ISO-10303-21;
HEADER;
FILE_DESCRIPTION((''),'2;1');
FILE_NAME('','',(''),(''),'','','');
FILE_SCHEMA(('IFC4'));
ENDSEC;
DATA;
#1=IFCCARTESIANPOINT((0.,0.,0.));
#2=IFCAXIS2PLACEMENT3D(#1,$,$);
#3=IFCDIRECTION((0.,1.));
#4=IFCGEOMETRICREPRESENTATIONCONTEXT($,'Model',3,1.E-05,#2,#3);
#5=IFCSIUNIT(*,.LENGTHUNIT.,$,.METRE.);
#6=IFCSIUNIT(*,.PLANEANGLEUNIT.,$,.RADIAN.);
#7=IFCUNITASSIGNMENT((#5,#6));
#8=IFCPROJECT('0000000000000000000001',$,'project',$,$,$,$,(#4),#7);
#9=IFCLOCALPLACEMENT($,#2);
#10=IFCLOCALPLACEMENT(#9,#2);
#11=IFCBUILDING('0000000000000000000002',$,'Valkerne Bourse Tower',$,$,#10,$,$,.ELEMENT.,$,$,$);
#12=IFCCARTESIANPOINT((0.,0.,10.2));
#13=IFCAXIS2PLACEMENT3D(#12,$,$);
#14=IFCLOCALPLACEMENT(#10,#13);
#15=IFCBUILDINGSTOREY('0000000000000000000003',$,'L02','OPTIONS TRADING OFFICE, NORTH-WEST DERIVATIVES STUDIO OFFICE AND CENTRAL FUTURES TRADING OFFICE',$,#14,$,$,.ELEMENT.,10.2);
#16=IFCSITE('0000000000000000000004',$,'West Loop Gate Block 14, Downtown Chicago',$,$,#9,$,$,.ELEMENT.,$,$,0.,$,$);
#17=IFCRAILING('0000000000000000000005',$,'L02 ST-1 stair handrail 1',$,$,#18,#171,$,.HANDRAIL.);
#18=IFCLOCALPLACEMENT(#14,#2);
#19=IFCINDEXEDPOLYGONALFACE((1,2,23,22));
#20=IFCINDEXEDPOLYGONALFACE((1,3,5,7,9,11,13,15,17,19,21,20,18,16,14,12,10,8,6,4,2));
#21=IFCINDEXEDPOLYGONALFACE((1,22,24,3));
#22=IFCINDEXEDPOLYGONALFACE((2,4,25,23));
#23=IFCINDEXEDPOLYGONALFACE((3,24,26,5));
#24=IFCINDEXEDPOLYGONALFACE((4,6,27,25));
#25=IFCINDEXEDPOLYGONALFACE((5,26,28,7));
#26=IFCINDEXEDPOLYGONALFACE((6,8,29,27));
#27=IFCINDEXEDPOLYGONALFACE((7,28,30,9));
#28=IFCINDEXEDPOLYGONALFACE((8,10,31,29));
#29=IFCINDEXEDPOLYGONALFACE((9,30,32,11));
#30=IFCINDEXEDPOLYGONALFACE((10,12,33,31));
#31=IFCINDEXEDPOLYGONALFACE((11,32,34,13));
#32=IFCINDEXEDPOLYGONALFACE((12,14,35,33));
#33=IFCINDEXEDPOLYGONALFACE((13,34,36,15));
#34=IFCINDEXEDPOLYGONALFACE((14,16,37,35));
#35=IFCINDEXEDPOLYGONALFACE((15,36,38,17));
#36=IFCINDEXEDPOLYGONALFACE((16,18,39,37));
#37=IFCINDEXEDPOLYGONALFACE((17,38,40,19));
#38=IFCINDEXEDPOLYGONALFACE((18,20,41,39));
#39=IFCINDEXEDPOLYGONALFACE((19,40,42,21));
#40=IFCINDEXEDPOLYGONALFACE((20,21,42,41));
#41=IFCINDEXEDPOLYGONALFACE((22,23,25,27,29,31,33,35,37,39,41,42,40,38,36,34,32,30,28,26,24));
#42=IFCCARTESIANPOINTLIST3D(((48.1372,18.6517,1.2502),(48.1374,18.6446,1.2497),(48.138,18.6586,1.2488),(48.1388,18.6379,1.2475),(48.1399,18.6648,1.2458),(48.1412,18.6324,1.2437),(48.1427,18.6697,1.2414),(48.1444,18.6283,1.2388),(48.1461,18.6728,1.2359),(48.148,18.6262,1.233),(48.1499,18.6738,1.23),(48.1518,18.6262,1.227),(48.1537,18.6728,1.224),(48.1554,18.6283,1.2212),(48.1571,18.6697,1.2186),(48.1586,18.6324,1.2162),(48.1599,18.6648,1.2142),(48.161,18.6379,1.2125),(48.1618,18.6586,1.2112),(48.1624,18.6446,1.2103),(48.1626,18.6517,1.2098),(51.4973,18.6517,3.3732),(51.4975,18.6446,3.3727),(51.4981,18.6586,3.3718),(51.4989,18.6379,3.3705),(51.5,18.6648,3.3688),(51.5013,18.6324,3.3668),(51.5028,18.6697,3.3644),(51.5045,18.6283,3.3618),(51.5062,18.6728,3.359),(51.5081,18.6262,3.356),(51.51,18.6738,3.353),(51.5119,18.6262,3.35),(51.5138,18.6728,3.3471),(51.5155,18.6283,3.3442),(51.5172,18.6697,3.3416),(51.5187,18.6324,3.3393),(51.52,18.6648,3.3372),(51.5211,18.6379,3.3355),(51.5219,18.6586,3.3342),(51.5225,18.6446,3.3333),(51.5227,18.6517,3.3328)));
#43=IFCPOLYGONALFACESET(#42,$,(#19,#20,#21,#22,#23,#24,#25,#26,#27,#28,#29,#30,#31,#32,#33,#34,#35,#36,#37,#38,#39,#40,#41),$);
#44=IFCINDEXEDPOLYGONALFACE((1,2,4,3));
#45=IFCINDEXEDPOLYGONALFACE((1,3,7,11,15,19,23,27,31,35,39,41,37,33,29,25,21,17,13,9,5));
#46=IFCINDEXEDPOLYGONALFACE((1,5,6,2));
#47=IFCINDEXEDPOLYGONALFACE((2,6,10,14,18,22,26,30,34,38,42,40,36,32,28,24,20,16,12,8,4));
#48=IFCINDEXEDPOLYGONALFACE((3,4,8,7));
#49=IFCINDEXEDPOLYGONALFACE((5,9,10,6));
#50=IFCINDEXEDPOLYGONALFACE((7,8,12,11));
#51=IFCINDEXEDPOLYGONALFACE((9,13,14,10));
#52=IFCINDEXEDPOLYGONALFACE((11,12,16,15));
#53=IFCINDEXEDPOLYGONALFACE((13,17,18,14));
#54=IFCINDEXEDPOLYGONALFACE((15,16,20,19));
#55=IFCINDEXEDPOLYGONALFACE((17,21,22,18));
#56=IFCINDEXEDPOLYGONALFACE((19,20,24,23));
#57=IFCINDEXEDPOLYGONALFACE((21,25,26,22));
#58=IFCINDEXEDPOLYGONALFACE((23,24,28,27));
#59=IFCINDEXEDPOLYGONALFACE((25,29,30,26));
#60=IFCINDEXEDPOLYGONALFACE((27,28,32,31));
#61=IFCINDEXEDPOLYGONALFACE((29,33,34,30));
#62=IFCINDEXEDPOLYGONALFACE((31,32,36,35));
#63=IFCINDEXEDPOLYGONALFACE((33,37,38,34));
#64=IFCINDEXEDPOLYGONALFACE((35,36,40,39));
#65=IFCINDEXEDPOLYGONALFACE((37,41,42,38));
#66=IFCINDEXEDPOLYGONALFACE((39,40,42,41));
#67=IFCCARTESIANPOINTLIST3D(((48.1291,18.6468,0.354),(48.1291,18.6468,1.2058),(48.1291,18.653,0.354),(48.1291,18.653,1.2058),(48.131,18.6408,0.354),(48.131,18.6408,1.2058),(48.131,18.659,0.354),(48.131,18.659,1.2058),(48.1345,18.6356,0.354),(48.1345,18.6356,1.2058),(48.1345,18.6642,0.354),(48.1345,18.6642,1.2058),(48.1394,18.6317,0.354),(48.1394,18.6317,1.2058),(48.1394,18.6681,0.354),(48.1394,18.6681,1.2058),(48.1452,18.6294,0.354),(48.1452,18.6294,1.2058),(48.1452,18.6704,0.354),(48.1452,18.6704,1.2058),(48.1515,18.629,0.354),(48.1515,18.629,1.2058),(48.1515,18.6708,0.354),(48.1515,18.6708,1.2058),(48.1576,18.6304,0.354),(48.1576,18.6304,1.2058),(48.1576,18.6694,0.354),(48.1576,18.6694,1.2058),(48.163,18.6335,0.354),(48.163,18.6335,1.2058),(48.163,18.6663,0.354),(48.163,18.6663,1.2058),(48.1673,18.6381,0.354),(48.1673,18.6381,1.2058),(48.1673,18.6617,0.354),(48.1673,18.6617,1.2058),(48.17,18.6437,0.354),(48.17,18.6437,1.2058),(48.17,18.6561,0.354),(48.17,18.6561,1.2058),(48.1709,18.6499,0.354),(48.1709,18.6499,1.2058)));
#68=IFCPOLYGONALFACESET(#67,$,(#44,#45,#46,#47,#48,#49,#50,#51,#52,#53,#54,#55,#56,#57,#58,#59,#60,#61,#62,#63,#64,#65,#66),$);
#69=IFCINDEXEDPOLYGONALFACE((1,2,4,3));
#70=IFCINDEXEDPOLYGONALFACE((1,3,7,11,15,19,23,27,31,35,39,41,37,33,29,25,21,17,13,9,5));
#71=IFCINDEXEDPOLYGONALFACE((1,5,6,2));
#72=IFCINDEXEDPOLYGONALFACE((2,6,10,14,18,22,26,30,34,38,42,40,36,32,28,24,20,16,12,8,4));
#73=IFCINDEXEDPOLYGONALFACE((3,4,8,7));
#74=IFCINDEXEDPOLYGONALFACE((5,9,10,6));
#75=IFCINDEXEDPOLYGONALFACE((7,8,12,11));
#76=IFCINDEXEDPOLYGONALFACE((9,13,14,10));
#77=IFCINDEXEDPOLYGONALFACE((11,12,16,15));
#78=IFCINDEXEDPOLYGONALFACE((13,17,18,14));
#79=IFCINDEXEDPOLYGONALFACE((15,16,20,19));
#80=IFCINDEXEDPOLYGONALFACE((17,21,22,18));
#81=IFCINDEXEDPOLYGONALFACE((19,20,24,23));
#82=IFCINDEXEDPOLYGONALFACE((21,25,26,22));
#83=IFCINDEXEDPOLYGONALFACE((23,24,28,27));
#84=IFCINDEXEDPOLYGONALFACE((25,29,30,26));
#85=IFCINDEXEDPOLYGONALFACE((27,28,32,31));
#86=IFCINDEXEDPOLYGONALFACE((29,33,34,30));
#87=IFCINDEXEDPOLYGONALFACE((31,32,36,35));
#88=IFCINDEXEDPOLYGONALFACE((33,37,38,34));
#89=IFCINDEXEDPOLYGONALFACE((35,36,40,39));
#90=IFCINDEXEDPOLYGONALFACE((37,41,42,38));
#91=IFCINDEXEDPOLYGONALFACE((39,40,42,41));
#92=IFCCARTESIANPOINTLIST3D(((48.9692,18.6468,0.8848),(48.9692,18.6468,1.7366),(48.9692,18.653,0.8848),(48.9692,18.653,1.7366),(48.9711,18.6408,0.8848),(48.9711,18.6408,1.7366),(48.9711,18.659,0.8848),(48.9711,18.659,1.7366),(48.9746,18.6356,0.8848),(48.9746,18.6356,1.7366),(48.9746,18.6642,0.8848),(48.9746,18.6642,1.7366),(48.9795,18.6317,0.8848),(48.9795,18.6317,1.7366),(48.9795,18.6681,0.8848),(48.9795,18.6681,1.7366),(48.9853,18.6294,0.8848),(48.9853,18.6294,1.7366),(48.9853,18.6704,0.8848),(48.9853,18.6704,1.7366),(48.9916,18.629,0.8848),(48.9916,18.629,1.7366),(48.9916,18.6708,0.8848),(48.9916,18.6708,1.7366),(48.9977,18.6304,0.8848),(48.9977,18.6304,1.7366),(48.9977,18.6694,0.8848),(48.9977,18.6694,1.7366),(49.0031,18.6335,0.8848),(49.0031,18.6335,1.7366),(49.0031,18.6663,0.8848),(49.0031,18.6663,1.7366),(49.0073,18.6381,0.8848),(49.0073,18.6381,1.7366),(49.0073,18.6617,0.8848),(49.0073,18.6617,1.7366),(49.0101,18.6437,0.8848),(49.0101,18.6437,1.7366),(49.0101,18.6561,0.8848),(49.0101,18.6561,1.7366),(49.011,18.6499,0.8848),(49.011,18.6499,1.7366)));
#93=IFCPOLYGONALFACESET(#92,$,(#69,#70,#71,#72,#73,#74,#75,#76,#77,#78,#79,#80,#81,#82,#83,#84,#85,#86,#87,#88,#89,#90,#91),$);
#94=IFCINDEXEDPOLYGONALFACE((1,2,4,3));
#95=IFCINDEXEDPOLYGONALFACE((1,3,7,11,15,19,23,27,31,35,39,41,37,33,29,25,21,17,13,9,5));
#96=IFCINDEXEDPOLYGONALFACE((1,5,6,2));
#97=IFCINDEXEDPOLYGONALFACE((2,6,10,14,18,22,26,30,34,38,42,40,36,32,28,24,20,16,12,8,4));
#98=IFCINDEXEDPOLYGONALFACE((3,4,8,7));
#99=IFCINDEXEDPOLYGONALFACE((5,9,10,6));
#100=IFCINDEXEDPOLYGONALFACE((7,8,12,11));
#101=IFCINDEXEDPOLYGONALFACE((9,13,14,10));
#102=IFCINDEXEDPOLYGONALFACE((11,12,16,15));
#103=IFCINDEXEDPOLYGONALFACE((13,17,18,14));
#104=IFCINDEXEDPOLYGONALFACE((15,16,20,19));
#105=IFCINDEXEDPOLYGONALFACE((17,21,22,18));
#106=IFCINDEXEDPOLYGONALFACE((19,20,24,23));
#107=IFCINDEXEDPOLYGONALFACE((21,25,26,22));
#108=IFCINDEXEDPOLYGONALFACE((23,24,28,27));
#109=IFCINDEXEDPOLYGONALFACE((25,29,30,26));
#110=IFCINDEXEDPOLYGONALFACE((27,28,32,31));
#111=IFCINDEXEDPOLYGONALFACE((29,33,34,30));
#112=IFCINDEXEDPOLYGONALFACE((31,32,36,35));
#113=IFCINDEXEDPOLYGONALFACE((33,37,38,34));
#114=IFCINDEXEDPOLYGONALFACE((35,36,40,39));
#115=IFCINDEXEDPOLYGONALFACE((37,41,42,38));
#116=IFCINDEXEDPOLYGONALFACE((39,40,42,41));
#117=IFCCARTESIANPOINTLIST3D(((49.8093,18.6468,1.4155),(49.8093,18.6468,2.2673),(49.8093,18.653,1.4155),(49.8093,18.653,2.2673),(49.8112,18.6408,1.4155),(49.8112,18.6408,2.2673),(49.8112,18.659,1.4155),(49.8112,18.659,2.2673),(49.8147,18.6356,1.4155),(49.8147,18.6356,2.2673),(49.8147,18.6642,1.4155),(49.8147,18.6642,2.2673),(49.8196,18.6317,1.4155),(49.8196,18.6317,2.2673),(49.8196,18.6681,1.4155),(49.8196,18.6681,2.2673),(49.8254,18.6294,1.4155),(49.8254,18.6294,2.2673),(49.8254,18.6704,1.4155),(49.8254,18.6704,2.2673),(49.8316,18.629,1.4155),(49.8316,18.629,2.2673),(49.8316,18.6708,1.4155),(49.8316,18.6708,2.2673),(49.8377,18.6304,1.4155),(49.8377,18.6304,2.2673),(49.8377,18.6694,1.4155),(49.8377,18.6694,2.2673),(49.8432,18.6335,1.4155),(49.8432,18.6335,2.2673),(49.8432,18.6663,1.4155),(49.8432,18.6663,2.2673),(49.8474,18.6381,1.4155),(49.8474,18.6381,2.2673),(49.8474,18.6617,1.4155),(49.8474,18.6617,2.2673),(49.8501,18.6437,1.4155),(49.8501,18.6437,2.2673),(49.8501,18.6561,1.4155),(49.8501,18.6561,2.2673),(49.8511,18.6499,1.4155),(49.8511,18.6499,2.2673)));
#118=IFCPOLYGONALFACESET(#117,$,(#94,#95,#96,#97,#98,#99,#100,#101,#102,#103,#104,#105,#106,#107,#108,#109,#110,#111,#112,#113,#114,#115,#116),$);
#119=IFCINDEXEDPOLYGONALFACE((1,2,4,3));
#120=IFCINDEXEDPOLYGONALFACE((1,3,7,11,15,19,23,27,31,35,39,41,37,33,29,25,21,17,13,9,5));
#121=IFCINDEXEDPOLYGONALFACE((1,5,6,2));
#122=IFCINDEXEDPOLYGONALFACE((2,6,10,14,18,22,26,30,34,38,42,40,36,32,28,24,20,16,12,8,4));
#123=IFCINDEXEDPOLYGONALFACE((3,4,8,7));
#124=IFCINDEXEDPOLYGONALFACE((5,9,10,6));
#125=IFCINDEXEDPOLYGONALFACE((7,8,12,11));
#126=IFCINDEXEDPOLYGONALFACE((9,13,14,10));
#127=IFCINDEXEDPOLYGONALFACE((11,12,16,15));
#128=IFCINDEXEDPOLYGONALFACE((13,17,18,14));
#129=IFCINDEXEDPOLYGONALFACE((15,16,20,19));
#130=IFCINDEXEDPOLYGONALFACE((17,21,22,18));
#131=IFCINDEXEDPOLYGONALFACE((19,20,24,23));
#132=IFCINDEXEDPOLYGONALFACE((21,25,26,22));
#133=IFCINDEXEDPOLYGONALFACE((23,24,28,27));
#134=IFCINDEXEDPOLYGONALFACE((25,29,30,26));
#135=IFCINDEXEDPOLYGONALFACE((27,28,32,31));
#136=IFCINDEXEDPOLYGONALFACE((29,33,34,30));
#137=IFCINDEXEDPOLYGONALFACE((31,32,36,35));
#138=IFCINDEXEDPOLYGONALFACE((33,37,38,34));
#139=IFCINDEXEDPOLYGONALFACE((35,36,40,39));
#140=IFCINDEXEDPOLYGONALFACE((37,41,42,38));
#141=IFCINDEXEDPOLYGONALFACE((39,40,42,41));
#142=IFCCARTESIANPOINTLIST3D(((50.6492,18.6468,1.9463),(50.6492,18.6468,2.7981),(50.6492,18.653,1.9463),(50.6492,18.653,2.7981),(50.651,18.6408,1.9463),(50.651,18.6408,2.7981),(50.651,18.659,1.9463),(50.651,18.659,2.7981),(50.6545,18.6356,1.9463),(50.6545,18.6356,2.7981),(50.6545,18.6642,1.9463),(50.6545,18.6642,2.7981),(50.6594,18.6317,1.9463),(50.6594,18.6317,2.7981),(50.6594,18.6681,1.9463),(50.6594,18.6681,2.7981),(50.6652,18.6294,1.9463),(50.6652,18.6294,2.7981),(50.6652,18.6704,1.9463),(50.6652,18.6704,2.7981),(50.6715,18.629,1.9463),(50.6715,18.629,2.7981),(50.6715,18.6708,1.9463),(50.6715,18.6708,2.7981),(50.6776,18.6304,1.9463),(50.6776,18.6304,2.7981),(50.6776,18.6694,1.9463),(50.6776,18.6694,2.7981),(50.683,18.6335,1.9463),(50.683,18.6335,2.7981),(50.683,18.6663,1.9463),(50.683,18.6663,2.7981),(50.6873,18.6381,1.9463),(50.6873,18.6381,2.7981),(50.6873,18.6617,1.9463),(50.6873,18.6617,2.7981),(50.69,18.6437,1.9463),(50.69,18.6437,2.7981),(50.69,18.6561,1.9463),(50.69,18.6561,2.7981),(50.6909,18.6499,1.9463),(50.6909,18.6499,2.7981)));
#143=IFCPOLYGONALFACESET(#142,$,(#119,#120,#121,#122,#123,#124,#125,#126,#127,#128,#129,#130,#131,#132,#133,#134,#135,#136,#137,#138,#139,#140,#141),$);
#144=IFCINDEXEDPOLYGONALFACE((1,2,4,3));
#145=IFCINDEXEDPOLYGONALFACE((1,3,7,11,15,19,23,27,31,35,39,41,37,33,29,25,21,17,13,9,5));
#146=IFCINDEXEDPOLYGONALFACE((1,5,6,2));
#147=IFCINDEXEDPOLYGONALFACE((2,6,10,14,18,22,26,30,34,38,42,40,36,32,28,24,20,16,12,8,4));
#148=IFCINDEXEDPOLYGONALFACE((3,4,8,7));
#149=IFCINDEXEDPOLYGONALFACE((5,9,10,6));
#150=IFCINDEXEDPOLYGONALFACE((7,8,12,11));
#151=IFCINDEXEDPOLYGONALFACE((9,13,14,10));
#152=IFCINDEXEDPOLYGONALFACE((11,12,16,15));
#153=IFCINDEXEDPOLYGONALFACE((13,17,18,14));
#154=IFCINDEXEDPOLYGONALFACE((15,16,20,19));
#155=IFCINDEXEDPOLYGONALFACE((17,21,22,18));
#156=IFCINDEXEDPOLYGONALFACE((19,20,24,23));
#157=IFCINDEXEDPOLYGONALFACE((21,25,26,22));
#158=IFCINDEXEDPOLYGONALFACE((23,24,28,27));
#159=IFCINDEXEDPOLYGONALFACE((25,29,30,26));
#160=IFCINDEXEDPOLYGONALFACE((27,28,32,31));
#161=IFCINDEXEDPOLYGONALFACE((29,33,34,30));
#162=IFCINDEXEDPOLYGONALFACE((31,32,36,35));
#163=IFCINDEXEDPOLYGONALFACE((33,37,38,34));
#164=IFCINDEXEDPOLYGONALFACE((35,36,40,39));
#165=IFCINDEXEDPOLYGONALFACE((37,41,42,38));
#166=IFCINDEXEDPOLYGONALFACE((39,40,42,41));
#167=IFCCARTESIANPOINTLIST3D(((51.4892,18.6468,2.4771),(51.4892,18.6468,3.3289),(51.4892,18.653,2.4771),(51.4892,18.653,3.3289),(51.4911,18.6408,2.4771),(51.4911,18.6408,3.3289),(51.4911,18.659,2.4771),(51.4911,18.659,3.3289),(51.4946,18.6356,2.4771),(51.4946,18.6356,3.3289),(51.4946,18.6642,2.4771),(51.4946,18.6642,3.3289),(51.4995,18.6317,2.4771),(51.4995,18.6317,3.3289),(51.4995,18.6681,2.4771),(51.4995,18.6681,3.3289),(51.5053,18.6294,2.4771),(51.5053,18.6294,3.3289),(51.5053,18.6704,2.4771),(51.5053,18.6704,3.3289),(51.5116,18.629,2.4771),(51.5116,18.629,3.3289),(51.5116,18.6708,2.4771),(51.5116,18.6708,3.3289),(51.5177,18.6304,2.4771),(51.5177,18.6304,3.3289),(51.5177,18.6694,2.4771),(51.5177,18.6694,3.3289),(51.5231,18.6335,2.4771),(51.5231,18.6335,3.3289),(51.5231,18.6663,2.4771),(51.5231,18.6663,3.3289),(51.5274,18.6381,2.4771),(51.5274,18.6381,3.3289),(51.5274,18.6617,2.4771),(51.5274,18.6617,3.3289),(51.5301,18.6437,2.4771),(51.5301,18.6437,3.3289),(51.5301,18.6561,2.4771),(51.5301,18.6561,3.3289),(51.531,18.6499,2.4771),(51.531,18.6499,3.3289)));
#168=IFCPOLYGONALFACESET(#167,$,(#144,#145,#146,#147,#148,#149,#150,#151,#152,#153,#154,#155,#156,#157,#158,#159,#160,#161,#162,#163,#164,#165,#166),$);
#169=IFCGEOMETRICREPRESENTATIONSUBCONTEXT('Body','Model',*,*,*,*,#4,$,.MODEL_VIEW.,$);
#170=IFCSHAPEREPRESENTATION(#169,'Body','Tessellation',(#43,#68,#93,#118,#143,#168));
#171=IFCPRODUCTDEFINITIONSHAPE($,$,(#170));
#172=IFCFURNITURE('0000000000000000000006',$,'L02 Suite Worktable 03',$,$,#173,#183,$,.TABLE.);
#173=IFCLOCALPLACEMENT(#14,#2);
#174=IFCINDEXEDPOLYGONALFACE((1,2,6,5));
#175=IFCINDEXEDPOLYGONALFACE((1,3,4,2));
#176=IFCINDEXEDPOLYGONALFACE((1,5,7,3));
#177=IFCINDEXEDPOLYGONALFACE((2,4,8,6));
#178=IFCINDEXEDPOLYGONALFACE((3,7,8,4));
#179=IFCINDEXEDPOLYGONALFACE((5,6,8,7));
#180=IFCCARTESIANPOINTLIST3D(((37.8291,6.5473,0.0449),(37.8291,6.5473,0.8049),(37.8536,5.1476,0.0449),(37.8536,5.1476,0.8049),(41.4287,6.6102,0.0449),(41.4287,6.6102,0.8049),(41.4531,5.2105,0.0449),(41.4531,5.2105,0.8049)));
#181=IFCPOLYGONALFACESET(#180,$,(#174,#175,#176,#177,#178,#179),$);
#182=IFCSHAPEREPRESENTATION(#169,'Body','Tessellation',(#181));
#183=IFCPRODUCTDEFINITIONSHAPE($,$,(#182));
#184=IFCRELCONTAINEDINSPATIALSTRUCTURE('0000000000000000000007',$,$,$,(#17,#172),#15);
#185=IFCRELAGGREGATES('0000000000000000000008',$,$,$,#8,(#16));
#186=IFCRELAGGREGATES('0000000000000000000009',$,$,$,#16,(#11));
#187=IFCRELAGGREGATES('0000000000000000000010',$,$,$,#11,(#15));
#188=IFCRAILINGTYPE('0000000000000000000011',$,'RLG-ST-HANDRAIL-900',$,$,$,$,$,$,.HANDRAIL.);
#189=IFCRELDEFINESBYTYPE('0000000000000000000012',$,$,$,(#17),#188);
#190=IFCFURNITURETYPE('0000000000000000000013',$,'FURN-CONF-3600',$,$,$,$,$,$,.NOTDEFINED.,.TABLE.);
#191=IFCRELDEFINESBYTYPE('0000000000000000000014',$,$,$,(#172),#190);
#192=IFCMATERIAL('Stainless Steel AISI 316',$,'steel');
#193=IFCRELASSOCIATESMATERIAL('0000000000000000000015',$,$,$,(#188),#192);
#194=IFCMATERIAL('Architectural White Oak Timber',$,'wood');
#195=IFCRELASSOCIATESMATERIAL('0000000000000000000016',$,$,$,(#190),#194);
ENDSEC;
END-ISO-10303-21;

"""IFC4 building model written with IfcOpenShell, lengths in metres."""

from ifc_helpers import new_model, si_unit, direction, frame, origin, origin_2d, place, context, subcontext, project, spatial, rectangle, circle, extrude, material, type_object, element, save


model = new_model("IFC4")

# Units and contexts
model_context = context("Model", 3, precision=1e-05, world=origin(), true_north=direction((0.0, 1.0)))
body_context = subcontext(model_context, "Body", "Model", "MODEL_VIEW")
ifc_project = project(units=[si_unit("LENGTHUNIT", "METRE"), si_unit("PLANEANGLEUNIT", "RADIAN")], contexts=[model_context])

# Site, building, storey
site_placement = place(None, origin())
site = spatial("IfcSite", under=ifc_project, at=site_placement, Name="West Loop Gate Block 14, Downtown Chicago", CompositionType="ELEMENT", RefElevation=0.0)
building_placement = place(site_placement, origin())
building = spatial("IfcBuilding", under=site, at=building_placement, Name="Valkerne Bourse Tower", CompositionType="ELEMENT")
storey_placement = place(building_placement, frame((0.0, 0.0, 10.2)))
storey = spatial("IfcBuildingStorey", under=building, at=storey_placement, Name="L02", Description="OPTIONS TRADING OFFICE, NORTH-WEST DERIVATIVES STUDIO OFFICE AND CENTRAL FUTURES TRADING OFFICE", CompositionType="ELEMENT", Elevation=10.2)

# Shared definitions
ifc_material_1 = material(Name="Stainless Steel AISI 316", Category="steel")

# Railing
railing_type_1 = type_object("IfcRailingType", Name="RLG-ST-HANDRAIL-900", PredefinedType="HANDRAIL", material=ifc_material_1)
railing_1_placement = place(storey_placement, frame((48.1499, 18.6499, 0.354)))
element("IfcRailing", 1, at=railing_1_placement, inside=storey, type_object=railing_type_1, Name="L02 ST-1 stair handrail 1", PredefinedType="HANDRAIL", context=body_context, shape_type="SweptSolid", body=[
    extrude(circle(Radius=0.0239, at=origin_2d()), frame((0.0, 0.0, 0.876), z_axis=(0.84539, 0.0, 0.53415), x_axis=(0.0, 1.0, 0.0)), (0.0, 0.0, 1.0), 3.9746),
    extrude(circle(Radius=0.021, at=origin_2d()), origin(), (0.0, 0.0, 1.0), 0.8518),
    extrude(circle(Radius=0.021, at=origin_2d()), frame((0.8401, 0.0, 0.5308)), (0.0, 0.0, 1.0), 0.8518),
    extrude(circle(Radius=0.021, at=origin_2d()), frame((1.6802, 0.0, 1.0615)), (0.0, 0.0, 1.0), 0.8518),
    extrude(circle(Radius=0.021, at=origin_2d()), frame((2.52, 0.0, 1.5923)), (0.0, 0.0, 1.0), 0.8518),
    extrude(circle(Radius=0.021, at=origin_2d()), frame((3.3601, 0.0, 2.123)), (0.0, 0.0, 1.0), 0.8518),
])

# Furniture
ifc_material_2 = material(Name="Architectural White Oak Timber", Category="wood")
furniture_type = type_object("IfcFurnitureType", Name="FURN-CONF-3600", AssemblyPlace="NOTDEFINED", PredefinedType="TABLE", material=ifc_material_2)
furniture_placement = place(storey_placement, frame((39.6411, 5.8789, 0.0449), z_axis=(0.0, 0.0, 1.0), x_axis=(0.999848, 0.017452, 0.0)))
element("IfcFurniture", 2, at=furniture_placement, inside=storey, type_object=furniture_type, Name="L02 Suite Worktable 03", PredefinedType="TABLE", context=body_context, shape_type="SweptSolid", body=[
    extrude(rectangle(XDim=3.6001, YDim=1.3999, at=origin_2d()), origin(), (0.0, 0.0, 1.0), 0.76),
])

save(model, "model.ifc")
